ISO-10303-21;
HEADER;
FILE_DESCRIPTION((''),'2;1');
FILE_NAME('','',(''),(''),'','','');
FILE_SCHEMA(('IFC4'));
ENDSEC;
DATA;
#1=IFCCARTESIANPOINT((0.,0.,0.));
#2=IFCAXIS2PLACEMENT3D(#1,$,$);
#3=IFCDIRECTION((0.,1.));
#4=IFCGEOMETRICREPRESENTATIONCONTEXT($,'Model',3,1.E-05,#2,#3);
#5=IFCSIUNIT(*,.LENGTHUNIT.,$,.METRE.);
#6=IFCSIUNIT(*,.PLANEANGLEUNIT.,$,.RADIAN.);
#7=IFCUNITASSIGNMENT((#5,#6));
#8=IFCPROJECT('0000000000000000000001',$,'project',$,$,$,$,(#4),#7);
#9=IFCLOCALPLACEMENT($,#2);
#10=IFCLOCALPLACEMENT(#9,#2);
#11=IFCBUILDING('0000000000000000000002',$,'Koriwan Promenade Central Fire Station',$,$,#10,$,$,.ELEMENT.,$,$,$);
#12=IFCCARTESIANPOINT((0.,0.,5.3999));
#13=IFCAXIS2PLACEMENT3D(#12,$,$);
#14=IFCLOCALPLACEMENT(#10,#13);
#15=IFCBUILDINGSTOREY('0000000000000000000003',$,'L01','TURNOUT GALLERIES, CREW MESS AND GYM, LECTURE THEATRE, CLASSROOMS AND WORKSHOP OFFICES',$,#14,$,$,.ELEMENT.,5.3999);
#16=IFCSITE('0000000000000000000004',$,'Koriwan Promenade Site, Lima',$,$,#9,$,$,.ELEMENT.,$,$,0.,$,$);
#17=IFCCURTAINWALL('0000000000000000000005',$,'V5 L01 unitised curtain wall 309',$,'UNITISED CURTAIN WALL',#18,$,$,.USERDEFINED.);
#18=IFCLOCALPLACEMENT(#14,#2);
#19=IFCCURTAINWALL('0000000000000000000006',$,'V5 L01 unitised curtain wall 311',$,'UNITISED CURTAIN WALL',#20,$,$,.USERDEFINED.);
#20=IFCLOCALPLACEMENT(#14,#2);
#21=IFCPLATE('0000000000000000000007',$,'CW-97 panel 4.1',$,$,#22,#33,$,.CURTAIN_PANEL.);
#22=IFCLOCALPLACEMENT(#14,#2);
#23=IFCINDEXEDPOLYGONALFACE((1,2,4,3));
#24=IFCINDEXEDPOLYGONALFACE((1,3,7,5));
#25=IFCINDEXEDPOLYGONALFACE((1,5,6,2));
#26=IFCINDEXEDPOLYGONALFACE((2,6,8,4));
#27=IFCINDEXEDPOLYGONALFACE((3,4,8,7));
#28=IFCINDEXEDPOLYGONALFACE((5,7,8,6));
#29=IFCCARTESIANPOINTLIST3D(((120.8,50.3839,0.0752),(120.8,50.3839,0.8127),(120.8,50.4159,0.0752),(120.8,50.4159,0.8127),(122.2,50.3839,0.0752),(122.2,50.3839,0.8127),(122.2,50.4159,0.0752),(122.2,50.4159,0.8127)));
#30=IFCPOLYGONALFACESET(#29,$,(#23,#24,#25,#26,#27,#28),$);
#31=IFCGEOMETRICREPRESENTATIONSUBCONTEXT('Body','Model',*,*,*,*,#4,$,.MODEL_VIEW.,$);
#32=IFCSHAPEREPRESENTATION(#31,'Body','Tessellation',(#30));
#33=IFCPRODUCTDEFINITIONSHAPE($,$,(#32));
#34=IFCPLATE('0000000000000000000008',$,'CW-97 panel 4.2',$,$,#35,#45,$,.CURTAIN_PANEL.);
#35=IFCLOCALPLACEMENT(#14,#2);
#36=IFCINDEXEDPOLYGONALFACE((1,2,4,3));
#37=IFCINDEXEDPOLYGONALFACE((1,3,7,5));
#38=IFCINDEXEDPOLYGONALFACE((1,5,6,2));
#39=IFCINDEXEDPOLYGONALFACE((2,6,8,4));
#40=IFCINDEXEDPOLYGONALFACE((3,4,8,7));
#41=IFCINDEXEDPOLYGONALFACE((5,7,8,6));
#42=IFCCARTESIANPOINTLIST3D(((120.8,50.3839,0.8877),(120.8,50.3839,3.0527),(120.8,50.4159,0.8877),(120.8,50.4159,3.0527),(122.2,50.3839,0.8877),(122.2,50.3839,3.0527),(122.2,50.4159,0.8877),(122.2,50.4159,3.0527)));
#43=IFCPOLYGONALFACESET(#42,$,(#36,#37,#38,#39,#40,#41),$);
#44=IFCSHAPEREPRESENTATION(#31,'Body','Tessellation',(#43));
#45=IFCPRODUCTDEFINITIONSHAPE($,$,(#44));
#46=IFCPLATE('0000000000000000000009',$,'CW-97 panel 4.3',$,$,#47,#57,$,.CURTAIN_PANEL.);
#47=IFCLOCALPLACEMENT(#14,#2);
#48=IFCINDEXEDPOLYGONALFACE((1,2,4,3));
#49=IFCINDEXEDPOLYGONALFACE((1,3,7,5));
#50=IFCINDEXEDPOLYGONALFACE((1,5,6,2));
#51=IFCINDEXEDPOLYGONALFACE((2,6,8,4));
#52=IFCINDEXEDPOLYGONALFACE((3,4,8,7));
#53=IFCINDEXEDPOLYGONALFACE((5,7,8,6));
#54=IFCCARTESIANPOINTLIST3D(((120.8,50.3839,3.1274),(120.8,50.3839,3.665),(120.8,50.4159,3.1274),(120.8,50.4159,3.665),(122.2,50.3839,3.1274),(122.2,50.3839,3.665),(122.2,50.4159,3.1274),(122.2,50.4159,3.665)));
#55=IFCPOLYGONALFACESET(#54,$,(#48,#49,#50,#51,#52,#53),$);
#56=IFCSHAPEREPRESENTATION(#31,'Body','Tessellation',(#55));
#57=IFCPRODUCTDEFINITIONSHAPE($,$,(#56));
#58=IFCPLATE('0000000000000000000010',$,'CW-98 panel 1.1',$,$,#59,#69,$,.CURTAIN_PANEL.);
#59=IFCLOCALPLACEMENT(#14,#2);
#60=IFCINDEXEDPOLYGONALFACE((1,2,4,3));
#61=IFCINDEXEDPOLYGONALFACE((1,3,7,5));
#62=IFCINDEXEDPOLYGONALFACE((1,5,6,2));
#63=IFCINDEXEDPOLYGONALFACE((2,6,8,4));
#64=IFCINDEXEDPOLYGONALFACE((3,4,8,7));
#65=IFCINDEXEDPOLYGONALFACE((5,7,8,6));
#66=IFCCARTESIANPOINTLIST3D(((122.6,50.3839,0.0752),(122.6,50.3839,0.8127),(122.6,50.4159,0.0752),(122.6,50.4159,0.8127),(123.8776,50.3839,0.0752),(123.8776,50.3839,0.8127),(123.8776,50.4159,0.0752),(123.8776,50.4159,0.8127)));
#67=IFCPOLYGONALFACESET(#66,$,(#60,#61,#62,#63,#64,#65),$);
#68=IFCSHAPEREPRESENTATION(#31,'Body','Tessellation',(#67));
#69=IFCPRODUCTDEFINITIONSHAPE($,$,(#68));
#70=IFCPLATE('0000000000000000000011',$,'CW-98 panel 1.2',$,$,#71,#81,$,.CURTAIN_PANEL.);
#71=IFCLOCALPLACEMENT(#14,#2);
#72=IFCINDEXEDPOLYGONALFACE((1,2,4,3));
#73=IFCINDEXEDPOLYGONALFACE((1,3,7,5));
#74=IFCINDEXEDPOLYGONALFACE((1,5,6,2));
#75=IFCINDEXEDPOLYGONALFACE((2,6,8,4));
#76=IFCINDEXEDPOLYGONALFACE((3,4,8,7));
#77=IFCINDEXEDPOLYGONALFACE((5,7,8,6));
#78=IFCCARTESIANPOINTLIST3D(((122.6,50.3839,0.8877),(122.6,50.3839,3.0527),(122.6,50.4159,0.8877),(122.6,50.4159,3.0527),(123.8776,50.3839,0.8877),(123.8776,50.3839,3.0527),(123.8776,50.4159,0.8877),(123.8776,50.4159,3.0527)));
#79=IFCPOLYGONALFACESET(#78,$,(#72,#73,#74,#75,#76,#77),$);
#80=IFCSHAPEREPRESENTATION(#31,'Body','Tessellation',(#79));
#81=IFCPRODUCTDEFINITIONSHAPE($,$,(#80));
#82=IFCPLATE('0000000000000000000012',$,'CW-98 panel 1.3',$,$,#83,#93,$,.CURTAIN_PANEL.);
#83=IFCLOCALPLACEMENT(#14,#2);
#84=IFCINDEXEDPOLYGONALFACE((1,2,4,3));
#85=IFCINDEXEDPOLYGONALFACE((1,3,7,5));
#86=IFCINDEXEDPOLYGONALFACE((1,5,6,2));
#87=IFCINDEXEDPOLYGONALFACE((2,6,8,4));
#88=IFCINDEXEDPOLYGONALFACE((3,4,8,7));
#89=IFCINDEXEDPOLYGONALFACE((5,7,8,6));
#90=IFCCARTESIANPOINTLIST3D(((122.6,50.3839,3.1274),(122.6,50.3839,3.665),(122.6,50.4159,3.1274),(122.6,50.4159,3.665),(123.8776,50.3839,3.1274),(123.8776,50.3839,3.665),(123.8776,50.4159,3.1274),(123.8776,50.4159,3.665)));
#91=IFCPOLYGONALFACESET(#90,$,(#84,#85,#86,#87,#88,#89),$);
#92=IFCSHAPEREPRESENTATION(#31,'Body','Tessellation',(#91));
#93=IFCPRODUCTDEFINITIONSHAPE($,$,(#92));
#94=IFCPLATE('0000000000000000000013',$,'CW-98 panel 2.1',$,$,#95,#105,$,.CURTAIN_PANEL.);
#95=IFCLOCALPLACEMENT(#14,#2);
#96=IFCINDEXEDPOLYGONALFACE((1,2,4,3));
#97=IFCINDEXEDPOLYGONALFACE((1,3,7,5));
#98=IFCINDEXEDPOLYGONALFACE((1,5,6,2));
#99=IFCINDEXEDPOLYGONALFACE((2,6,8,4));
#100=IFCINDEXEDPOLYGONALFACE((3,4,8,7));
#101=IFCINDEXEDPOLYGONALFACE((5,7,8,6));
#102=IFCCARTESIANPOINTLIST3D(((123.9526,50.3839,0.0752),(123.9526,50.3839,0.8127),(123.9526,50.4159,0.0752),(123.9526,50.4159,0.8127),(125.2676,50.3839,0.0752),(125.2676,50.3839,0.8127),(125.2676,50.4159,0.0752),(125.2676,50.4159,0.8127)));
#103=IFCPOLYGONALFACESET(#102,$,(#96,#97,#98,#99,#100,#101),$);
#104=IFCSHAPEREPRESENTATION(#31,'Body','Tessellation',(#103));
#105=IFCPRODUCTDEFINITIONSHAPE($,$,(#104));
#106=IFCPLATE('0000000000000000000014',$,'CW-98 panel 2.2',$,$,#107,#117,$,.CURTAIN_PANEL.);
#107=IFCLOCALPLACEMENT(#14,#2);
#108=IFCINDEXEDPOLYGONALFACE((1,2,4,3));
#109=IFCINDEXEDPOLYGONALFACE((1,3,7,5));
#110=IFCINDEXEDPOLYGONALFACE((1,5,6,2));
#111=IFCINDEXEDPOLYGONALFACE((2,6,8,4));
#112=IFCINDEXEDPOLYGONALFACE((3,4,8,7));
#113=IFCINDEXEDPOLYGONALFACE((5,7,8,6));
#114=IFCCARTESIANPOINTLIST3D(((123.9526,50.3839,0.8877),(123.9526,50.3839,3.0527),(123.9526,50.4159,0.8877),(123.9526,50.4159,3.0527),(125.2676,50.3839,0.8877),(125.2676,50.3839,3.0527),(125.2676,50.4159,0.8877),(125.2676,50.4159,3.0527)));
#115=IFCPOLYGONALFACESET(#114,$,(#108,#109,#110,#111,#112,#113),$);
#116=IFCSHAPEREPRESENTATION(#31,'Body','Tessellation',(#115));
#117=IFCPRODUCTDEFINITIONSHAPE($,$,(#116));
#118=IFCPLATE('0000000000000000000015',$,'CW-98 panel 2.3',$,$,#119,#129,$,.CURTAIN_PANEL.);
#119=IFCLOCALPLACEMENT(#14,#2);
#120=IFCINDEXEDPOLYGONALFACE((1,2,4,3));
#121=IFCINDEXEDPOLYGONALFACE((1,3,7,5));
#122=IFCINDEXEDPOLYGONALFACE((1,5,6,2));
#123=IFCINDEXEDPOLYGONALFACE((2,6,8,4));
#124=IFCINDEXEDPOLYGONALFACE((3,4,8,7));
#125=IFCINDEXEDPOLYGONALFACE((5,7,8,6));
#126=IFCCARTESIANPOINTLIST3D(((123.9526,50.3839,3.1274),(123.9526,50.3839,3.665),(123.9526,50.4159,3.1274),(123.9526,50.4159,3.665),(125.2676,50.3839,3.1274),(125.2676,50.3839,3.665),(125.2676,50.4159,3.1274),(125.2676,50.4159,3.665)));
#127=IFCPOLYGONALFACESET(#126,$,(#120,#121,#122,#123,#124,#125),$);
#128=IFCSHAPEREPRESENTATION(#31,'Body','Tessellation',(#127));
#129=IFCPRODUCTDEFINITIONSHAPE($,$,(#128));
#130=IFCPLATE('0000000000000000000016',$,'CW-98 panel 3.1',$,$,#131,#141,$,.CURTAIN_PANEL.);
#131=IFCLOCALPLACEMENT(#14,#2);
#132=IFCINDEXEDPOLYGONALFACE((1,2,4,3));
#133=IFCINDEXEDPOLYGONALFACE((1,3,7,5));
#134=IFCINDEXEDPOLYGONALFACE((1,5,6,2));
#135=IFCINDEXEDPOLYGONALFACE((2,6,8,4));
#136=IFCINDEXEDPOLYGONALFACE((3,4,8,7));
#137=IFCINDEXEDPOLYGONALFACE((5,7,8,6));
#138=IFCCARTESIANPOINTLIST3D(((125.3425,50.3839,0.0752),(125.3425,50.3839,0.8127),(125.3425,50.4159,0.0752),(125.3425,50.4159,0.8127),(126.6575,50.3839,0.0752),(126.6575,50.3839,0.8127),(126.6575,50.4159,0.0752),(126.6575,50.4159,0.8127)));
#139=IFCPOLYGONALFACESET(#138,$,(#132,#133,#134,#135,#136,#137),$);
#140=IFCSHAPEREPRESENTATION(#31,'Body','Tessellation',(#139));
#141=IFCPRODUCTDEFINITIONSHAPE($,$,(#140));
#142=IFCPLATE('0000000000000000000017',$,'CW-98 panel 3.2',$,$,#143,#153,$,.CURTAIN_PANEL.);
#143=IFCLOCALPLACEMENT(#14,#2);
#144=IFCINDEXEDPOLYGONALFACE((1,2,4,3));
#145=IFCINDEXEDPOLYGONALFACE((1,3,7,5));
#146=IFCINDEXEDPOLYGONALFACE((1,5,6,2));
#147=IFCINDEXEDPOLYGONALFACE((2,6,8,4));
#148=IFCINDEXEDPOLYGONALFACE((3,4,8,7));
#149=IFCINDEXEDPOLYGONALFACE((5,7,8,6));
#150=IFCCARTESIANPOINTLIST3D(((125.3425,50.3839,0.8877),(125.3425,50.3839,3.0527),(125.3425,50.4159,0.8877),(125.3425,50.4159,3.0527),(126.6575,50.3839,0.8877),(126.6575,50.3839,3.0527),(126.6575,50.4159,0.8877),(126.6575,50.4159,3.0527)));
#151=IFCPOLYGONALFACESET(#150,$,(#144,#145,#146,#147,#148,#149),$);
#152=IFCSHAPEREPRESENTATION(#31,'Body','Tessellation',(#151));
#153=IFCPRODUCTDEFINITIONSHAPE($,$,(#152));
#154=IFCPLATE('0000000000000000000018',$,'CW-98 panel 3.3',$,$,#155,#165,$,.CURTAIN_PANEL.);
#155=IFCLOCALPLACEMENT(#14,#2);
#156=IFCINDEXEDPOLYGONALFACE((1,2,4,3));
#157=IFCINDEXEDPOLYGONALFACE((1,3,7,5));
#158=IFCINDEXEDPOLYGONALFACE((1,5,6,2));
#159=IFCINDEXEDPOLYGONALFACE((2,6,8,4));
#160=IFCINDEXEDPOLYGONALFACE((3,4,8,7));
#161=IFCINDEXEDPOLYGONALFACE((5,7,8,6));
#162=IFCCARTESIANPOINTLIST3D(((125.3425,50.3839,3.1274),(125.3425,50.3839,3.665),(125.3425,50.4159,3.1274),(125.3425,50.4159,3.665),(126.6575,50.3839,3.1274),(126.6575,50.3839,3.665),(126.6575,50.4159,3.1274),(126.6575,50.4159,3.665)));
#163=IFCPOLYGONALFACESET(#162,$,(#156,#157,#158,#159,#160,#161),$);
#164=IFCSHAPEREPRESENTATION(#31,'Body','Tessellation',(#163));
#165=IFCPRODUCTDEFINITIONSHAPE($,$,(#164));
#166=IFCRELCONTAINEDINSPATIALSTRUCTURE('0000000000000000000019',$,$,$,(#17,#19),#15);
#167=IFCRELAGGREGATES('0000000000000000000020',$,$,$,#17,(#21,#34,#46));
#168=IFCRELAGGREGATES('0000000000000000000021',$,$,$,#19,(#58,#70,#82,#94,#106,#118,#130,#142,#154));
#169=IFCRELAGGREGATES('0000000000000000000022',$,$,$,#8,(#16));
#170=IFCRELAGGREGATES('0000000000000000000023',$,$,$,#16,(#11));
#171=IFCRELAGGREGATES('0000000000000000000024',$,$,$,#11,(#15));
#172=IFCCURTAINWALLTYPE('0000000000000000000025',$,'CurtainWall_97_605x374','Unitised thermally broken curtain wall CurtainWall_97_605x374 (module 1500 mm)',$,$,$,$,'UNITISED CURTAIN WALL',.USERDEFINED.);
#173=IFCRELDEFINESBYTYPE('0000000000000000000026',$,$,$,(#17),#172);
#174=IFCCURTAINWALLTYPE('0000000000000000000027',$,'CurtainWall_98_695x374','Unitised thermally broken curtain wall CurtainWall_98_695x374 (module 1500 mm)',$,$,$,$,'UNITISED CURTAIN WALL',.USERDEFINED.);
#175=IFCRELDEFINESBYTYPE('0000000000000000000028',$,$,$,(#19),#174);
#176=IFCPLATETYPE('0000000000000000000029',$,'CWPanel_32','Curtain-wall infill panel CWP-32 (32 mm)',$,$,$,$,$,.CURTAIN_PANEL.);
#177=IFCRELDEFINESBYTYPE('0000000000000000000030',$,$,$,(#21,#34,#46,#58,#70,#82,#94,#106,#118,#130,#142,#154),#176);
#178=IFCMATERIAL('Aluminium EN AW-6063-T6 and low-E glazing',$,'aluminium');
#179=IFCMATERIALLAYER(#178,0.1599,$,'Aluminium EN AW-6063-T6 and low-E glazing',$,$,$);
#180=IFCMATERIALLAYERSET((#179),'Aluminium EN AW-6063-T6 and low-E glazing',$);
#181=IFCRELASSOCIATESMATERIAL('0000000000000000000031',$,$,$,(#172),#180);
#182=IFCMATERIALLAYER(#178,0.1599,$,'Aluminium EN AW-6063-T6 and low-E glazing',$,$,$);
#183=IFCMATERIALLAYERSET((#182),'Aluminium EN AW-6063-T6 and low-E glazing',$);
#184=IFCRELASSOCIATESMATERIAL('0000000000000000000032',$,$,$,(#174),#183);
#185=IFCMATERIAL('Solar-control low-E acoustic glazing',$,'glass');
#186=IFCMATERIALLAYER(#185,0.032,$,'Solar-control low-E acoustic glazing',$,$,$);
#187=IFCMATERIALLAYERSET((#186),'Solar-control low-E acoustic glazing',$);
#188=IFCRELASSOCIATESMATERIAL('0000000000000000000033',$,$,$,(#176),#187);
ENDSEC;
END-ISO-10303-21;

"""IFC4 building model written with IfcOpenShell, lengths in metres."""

from ifc_helpers import new_model, si_unit, direction, frame, origin, origin_2d, place, context, subcontext, project, spatial, rectangle, extrude, material, layer, layer_set, type_object, element, aggregate, save


model = new_model("IFC4")

# Units and contexts
model_context = context("Model", 3, precision=1e-05, world=origin(), true_north=direction((0.0, 1.0)))
body_context = subcontext(model_context, "Body", "Model", "MODEL_VIEW")
ifc_project = project(units=[si_unit("LENGTHUNIT", "METRE"), si_unit("PLANEANGLEUNIT", "RADIAN")], contexts=[model_context])

# Site, building, storey
site_placement = place(None, origin())
site = spatial("IfcSite", under=ifc_project, at=site_placement, Name="Koriwan Promenade Site, Lima", CompositionType="ELEMENT", RefElevation=0.0)
building_placement = place(site_placement, origin())
building = spatial("IfcBuilding", under=site, at=building_placement, Name="Koriwan Promenade Central Fire Station", CompositionType="ELEMENT")
storey_placement = place(building_placement, frame((0.0, 0.0, 5.3999)))
storey = spatial("IfcBuildingStorey", under=building, at=storey_placement, Name="L01", Description="TURNOUT GALLERIES, CREW MESS AND GYM, LECTURE THEATRE, CLASSROOMS AND WORKSHOP OFFICES", CompositionType="ELEMENT", Elevation=5.3999)

# Curtain wall
ifc_material_1 = material(Name="Aluminium EN AW-6063-T6 and low-E glazing", Category="aluminium")
ifc_layer_1 = layer(ifc_material_1, 0.1599, Name="Aluminium EN AW-6063-T6 and low-E glazing")
ifc_layer_set_1 = layer_set([ifc_layer_1], Name="Aluminium EN AW-6063-T6 and low-E glazing")
curtain_wall_type_1 = type_object("IfcCurtainWallType", Name="CurtainWall_97_605x374", Description="Unitised thermally broken curtain wall CurtainWall_97_605x374 (module 1500 mm)", ElementType="UNITISED CURTAIN WALL", PredefinedType="USERDEFINED", material=ifc_layer_set_1)
curtain_wall_1_placement = place(storey_placement, origin())
curtain_wall_1 = element("IfcCurtainWall", 1, at=curtain_wall_1_placement, inside=storey, type_object=curtain_wall_type_1, Name="V5 L01 unitised curtain wall 309", ObjectType="UNITISED CURTAIN WALL", PredefinedType="USERDEFINED")

# Curtain wall
ifc_layer_2 = layer(ifc_material_1, 0.1599, Name="Aluminium EN AW-6063-T6 and low-E glazing")
ifc_layer_set_2 = layer_set([ifc_layer_2], Name="Aluminium EN AW-6063-T6 and low-E glazing")
curtain_wall_type_2 = type_object("IfcCurtainWallType", Name="CurtainWall_98_695x374", Description="Unitised thermally broken curtain wall CurtainWall_98_695x374 (module 1500 mm)", ElementType="UNITISED CURTAIN WALL", PredefinedType="USERDEFINED", material=ifc_layer_set_2)
curtain_wall_2_placement = place(storey_placement, origin())
curtain_wall_2 = element("IfcCurtainWall", 2, at=curtain_wall_2_placement, inside=storey, type_object=curtain_wall_type_2, Name="V5 L01 unitised curtain wall 311", ObjectType="UNITISED CURTAIN WALL", PredefinedType="USERDEFINED")

# Plates
ifc_material_2 = material(Name="Solar-control low-E acoustic glazing", Category="glass")
ifc_layer_3 = layer(ifc_material_2, 0.032, Name="Solar-control low-E acoustic glazing")
ifc_layer_set_3 = layer_set([ifc_layer_3], Name="Solar-control low-E acoustic glazing")
plate_type = type_object("IfcPlateType", Name="CWPanel_32", Description="Curtain-wall infill panel CWP-32 (32 mm)", PredefinedType="CURTAIN_PANEL", material=ifc_layer_set_3)
plate_1_placement = place(storey_placement, frame((121.5, 50.3999, 0.0752), z_axis=(0.0, 0.0, 1.0), x_axis=(1.0, 0.0, 0.0)))
plate_1 = element("IfcPlate", 3, at=plate_1_placement, type_object=plate_type, Name="CW-97 panel 4.1", PredefinedType="CURTAIN_PANEL", context=body_context, shape_type="SweptSolid", body=[
    extrude(rectangle(XDim=1.3999, YDim=0.032, at=origin_2d()), origin(), (0.0, 0.0, 1.0), 0.7375),
])
plate_2_placement = place(storey_placement, frame((121.5, 50.3999, 0.8877), z_axis=(0.0, 0.0, 1.0), x_axis=(1.0, 0.0, 0.0)))
plate_2 = element("IfcPlate", 4, at=plate_2_placement, type_object=plate_type, Name="CW-97 panel 4.2", PredefinedType="CURTAIN_PANEL", context=body_context, shape_type="SweptSolid", body=[
    extrude(rectangle(XDim=1.3999, YDim=0.032, at=origin_2d()), origin(), (0.0, 0.0, 1.0), 2.165),
])
plate_3_placement = place(storey_placement, frame((121.5, 50.3999, 3.1274), z_axis=(0.0, 0.0, 1.0), x_axis=(1.0, 0.0, 0.0)))
plate_3 = element("IfcPlate", 5, at=plate_3_placement, type_object=plate_type, Name="CW-97 panel 4.3", PredefinedType="CURTAIN_PANEL", context=body_context, shape_type="SweptSolid", body=[
    extrude(rectangle(XDim=1.3999, YDim=0.032, at=origin_2d()), origin(), (0.0, 0.0, 1.0), 0.5376),
])
aggregate(curtain_wall_1, [plate_1, plate_2, plate_3])
plate_4_placement = place(storey_placement, frame((123.2388, 50.3999, 0.0752), z_axis=(0.0, 0.0, 1.0), x_axis=(1.0, 0.0, 0.0)))
plate_4 = element("IfcPlate", 6, at=plate_4_placement, type_object=plate_type, Name="CW-98 panel 1.1", PredefinedType="CURTAIN_PANEL", context=body_context, shape_type="SweptSolid", body=[
    extrude(rectangle(XDim=1.2776, YDim=0.032, at=origin_2d()), origin(), (0.0, 0.0, 1.0), 0.7375),
])
plate_5_placement = place(storey_placement, frame((123.2388, 50.3999, 0.8877), z_axis=(0.0, 0.0, 1.0), x_axis=(1.0, 0.0, 0.0)))
plate_5 = element("IfcPlate", 7, at=plate_5_placement, type_object=plate_type, Name="CW-98 panel 1.2", PredefinedType="CURTAIN_PANEL", context=body_context, shape_type="SweptSolid", body=[
    extrude(rectangle(XDim=1.2776, YDim=0.032, at=origin_2d()), origin(), (0.0, 0.0, 1.0), 2.165),
])
plate_6_placement = place(storey_placement, frame((123.2388, 50.3999, 3.1274), z_axis=(0.0, 0.0, 1.0), x_axis=(1.0, 0.0, 0.0)))
plate_6 = element("IfcPlate", 8, at=plate_6_placement, type_object=plate_type, Name="CW-98 panel 1.3", PredefinedType="CURTAIN_PANEL", context=body_context, shape_type="SweptSolid", body=[
    extrude(rectangle(XDim=1.2776, YDim=0.032, at=origin_2d()), origin(), (0.0, 0.0, 1.0), 0.5376),
])
plate_7_placement = place(storey_placement, frame((124.6101, 50.3999, 0.0752), z_axis=(0.0, 0.0, 1.0), x_axis=(1.0, 0.0, 0.0)))
plate_7 = element("IfcPlate", 9, at=plate_7_placement, type_object=plate_type, Name="CW-98 panel 2.1", PredefinedType="CURTAIN_PANEL", context=body_context, shape_type="SweptSolid", body=[
    extrude(rectangle(XDim=1.3149, YDim=0.032, at=origin_2d()), origin(), (0.0, 0.0, 1.0), 0.7375),
])
plate_8_placement = place(storey_placement, frame((124.6101, 50.3999, 0.8877), z_axis=(0.0, 0.0, 1.0), x_axis=(1.0, 0.0, 0.0)))
plate_8 = element("IfcPlate", 10, at=plate_8_placement, type_object=plate_type, Name="CW-98 panel 2.2", PredefinedType="CURTAIN_PANEL", context=body_context, shape_type="SweptSolid", body=[
    extrude(rectangle(XDim=1.3149, YDim=0.032, at=origin_2d()), origin(), (0.0, 0.0, 1.0), 2.165),
])
plate_9_placement = place(storey_placement, frame((124.6101, 50.3999, 3.1274), z_axis=(0.0, 0.0, 1.0), x_axis=(1.0, 0.0, 0.0)))
plate_9 = element("IfcPlate", 11, at=plate_9_placement, type_object=plate_type, Name="CW-98 panel 2.3", PredefinedType="CURTAIN_PANEL", context=body_context, shape_type="SweptSolid", body=[
    extrude(rectangle(XDim=1.3149, YDim=0.032, at=origin_2d()), origin(), (0.0, 0.0, 1.0), 0.5376),
])
plate_10_placement = place(storey_placement, frame((126.0, 50.3999, 0.0752), z_axis=(0.0, 0.0, 1.0), x_axis=(1.0, 0.0, 0.0)))
plate_10 = element("IfcPlate", 12, at=plate_10_placement, type_object=plate_type, Name="CW-98 panel 3.1", PredefinedType="CURTAIN_PANEL", context=body_context, shape_type="SweptSolid", body=[
    extrude(rectangle(XDim=1.3149, YDim=0.032, at=origin_2d()), origin(), (0.0, 0.0, 1.0), 0.7375),
])
plate_11_placement = place(storey_placement, frame((126.0, 50.3999, 0.8877), z_axis=(0.0, 0.0, 1.0), x_axis=(1.0, 0.0, 0.0)))
plate_11 = element("IfcPlate", 13, at=plate_11_placement, type_object=plate_type, Name="CW-98 panel 3.2", PredefinedType="CURTAIN_PANEL", context=body_context, shape_type="SweptSolid", body=[
    extrude(rectangle(XDim=1.3149, YDim=0.032, at=origin_2d()), origin(), (0.0, 0.0, 1.0), 2.165),
])
plate_12_placement = place(storey_placement, frame((126.0, 50.3999, 3.1274), z_axis=(0.0, 0.0, 1.0), x_axis=(1.0, 0.0, 0.0)))
plate_12 = element("IfcPlate", 14, at=plate_12_placement, type_object=plate_type, Name="CW-98 panel 3.3", PredefinedType="CURTAIN_PANEL", context=body_context, shape_type="SweptSolid", body=[
    extrude(rectangle(XDim=1.3149, YDim=0.032, at=origin_2d()), origin(), (0.0, 0.0, 1.0), 0.5376),
])
aggregate(curtain_wall_2, [plate_4, plate_5, plate_6, plate_7, plate_8, plate_9, plate_10, plate_11, plate_12])

save(model, "model.ifc")
